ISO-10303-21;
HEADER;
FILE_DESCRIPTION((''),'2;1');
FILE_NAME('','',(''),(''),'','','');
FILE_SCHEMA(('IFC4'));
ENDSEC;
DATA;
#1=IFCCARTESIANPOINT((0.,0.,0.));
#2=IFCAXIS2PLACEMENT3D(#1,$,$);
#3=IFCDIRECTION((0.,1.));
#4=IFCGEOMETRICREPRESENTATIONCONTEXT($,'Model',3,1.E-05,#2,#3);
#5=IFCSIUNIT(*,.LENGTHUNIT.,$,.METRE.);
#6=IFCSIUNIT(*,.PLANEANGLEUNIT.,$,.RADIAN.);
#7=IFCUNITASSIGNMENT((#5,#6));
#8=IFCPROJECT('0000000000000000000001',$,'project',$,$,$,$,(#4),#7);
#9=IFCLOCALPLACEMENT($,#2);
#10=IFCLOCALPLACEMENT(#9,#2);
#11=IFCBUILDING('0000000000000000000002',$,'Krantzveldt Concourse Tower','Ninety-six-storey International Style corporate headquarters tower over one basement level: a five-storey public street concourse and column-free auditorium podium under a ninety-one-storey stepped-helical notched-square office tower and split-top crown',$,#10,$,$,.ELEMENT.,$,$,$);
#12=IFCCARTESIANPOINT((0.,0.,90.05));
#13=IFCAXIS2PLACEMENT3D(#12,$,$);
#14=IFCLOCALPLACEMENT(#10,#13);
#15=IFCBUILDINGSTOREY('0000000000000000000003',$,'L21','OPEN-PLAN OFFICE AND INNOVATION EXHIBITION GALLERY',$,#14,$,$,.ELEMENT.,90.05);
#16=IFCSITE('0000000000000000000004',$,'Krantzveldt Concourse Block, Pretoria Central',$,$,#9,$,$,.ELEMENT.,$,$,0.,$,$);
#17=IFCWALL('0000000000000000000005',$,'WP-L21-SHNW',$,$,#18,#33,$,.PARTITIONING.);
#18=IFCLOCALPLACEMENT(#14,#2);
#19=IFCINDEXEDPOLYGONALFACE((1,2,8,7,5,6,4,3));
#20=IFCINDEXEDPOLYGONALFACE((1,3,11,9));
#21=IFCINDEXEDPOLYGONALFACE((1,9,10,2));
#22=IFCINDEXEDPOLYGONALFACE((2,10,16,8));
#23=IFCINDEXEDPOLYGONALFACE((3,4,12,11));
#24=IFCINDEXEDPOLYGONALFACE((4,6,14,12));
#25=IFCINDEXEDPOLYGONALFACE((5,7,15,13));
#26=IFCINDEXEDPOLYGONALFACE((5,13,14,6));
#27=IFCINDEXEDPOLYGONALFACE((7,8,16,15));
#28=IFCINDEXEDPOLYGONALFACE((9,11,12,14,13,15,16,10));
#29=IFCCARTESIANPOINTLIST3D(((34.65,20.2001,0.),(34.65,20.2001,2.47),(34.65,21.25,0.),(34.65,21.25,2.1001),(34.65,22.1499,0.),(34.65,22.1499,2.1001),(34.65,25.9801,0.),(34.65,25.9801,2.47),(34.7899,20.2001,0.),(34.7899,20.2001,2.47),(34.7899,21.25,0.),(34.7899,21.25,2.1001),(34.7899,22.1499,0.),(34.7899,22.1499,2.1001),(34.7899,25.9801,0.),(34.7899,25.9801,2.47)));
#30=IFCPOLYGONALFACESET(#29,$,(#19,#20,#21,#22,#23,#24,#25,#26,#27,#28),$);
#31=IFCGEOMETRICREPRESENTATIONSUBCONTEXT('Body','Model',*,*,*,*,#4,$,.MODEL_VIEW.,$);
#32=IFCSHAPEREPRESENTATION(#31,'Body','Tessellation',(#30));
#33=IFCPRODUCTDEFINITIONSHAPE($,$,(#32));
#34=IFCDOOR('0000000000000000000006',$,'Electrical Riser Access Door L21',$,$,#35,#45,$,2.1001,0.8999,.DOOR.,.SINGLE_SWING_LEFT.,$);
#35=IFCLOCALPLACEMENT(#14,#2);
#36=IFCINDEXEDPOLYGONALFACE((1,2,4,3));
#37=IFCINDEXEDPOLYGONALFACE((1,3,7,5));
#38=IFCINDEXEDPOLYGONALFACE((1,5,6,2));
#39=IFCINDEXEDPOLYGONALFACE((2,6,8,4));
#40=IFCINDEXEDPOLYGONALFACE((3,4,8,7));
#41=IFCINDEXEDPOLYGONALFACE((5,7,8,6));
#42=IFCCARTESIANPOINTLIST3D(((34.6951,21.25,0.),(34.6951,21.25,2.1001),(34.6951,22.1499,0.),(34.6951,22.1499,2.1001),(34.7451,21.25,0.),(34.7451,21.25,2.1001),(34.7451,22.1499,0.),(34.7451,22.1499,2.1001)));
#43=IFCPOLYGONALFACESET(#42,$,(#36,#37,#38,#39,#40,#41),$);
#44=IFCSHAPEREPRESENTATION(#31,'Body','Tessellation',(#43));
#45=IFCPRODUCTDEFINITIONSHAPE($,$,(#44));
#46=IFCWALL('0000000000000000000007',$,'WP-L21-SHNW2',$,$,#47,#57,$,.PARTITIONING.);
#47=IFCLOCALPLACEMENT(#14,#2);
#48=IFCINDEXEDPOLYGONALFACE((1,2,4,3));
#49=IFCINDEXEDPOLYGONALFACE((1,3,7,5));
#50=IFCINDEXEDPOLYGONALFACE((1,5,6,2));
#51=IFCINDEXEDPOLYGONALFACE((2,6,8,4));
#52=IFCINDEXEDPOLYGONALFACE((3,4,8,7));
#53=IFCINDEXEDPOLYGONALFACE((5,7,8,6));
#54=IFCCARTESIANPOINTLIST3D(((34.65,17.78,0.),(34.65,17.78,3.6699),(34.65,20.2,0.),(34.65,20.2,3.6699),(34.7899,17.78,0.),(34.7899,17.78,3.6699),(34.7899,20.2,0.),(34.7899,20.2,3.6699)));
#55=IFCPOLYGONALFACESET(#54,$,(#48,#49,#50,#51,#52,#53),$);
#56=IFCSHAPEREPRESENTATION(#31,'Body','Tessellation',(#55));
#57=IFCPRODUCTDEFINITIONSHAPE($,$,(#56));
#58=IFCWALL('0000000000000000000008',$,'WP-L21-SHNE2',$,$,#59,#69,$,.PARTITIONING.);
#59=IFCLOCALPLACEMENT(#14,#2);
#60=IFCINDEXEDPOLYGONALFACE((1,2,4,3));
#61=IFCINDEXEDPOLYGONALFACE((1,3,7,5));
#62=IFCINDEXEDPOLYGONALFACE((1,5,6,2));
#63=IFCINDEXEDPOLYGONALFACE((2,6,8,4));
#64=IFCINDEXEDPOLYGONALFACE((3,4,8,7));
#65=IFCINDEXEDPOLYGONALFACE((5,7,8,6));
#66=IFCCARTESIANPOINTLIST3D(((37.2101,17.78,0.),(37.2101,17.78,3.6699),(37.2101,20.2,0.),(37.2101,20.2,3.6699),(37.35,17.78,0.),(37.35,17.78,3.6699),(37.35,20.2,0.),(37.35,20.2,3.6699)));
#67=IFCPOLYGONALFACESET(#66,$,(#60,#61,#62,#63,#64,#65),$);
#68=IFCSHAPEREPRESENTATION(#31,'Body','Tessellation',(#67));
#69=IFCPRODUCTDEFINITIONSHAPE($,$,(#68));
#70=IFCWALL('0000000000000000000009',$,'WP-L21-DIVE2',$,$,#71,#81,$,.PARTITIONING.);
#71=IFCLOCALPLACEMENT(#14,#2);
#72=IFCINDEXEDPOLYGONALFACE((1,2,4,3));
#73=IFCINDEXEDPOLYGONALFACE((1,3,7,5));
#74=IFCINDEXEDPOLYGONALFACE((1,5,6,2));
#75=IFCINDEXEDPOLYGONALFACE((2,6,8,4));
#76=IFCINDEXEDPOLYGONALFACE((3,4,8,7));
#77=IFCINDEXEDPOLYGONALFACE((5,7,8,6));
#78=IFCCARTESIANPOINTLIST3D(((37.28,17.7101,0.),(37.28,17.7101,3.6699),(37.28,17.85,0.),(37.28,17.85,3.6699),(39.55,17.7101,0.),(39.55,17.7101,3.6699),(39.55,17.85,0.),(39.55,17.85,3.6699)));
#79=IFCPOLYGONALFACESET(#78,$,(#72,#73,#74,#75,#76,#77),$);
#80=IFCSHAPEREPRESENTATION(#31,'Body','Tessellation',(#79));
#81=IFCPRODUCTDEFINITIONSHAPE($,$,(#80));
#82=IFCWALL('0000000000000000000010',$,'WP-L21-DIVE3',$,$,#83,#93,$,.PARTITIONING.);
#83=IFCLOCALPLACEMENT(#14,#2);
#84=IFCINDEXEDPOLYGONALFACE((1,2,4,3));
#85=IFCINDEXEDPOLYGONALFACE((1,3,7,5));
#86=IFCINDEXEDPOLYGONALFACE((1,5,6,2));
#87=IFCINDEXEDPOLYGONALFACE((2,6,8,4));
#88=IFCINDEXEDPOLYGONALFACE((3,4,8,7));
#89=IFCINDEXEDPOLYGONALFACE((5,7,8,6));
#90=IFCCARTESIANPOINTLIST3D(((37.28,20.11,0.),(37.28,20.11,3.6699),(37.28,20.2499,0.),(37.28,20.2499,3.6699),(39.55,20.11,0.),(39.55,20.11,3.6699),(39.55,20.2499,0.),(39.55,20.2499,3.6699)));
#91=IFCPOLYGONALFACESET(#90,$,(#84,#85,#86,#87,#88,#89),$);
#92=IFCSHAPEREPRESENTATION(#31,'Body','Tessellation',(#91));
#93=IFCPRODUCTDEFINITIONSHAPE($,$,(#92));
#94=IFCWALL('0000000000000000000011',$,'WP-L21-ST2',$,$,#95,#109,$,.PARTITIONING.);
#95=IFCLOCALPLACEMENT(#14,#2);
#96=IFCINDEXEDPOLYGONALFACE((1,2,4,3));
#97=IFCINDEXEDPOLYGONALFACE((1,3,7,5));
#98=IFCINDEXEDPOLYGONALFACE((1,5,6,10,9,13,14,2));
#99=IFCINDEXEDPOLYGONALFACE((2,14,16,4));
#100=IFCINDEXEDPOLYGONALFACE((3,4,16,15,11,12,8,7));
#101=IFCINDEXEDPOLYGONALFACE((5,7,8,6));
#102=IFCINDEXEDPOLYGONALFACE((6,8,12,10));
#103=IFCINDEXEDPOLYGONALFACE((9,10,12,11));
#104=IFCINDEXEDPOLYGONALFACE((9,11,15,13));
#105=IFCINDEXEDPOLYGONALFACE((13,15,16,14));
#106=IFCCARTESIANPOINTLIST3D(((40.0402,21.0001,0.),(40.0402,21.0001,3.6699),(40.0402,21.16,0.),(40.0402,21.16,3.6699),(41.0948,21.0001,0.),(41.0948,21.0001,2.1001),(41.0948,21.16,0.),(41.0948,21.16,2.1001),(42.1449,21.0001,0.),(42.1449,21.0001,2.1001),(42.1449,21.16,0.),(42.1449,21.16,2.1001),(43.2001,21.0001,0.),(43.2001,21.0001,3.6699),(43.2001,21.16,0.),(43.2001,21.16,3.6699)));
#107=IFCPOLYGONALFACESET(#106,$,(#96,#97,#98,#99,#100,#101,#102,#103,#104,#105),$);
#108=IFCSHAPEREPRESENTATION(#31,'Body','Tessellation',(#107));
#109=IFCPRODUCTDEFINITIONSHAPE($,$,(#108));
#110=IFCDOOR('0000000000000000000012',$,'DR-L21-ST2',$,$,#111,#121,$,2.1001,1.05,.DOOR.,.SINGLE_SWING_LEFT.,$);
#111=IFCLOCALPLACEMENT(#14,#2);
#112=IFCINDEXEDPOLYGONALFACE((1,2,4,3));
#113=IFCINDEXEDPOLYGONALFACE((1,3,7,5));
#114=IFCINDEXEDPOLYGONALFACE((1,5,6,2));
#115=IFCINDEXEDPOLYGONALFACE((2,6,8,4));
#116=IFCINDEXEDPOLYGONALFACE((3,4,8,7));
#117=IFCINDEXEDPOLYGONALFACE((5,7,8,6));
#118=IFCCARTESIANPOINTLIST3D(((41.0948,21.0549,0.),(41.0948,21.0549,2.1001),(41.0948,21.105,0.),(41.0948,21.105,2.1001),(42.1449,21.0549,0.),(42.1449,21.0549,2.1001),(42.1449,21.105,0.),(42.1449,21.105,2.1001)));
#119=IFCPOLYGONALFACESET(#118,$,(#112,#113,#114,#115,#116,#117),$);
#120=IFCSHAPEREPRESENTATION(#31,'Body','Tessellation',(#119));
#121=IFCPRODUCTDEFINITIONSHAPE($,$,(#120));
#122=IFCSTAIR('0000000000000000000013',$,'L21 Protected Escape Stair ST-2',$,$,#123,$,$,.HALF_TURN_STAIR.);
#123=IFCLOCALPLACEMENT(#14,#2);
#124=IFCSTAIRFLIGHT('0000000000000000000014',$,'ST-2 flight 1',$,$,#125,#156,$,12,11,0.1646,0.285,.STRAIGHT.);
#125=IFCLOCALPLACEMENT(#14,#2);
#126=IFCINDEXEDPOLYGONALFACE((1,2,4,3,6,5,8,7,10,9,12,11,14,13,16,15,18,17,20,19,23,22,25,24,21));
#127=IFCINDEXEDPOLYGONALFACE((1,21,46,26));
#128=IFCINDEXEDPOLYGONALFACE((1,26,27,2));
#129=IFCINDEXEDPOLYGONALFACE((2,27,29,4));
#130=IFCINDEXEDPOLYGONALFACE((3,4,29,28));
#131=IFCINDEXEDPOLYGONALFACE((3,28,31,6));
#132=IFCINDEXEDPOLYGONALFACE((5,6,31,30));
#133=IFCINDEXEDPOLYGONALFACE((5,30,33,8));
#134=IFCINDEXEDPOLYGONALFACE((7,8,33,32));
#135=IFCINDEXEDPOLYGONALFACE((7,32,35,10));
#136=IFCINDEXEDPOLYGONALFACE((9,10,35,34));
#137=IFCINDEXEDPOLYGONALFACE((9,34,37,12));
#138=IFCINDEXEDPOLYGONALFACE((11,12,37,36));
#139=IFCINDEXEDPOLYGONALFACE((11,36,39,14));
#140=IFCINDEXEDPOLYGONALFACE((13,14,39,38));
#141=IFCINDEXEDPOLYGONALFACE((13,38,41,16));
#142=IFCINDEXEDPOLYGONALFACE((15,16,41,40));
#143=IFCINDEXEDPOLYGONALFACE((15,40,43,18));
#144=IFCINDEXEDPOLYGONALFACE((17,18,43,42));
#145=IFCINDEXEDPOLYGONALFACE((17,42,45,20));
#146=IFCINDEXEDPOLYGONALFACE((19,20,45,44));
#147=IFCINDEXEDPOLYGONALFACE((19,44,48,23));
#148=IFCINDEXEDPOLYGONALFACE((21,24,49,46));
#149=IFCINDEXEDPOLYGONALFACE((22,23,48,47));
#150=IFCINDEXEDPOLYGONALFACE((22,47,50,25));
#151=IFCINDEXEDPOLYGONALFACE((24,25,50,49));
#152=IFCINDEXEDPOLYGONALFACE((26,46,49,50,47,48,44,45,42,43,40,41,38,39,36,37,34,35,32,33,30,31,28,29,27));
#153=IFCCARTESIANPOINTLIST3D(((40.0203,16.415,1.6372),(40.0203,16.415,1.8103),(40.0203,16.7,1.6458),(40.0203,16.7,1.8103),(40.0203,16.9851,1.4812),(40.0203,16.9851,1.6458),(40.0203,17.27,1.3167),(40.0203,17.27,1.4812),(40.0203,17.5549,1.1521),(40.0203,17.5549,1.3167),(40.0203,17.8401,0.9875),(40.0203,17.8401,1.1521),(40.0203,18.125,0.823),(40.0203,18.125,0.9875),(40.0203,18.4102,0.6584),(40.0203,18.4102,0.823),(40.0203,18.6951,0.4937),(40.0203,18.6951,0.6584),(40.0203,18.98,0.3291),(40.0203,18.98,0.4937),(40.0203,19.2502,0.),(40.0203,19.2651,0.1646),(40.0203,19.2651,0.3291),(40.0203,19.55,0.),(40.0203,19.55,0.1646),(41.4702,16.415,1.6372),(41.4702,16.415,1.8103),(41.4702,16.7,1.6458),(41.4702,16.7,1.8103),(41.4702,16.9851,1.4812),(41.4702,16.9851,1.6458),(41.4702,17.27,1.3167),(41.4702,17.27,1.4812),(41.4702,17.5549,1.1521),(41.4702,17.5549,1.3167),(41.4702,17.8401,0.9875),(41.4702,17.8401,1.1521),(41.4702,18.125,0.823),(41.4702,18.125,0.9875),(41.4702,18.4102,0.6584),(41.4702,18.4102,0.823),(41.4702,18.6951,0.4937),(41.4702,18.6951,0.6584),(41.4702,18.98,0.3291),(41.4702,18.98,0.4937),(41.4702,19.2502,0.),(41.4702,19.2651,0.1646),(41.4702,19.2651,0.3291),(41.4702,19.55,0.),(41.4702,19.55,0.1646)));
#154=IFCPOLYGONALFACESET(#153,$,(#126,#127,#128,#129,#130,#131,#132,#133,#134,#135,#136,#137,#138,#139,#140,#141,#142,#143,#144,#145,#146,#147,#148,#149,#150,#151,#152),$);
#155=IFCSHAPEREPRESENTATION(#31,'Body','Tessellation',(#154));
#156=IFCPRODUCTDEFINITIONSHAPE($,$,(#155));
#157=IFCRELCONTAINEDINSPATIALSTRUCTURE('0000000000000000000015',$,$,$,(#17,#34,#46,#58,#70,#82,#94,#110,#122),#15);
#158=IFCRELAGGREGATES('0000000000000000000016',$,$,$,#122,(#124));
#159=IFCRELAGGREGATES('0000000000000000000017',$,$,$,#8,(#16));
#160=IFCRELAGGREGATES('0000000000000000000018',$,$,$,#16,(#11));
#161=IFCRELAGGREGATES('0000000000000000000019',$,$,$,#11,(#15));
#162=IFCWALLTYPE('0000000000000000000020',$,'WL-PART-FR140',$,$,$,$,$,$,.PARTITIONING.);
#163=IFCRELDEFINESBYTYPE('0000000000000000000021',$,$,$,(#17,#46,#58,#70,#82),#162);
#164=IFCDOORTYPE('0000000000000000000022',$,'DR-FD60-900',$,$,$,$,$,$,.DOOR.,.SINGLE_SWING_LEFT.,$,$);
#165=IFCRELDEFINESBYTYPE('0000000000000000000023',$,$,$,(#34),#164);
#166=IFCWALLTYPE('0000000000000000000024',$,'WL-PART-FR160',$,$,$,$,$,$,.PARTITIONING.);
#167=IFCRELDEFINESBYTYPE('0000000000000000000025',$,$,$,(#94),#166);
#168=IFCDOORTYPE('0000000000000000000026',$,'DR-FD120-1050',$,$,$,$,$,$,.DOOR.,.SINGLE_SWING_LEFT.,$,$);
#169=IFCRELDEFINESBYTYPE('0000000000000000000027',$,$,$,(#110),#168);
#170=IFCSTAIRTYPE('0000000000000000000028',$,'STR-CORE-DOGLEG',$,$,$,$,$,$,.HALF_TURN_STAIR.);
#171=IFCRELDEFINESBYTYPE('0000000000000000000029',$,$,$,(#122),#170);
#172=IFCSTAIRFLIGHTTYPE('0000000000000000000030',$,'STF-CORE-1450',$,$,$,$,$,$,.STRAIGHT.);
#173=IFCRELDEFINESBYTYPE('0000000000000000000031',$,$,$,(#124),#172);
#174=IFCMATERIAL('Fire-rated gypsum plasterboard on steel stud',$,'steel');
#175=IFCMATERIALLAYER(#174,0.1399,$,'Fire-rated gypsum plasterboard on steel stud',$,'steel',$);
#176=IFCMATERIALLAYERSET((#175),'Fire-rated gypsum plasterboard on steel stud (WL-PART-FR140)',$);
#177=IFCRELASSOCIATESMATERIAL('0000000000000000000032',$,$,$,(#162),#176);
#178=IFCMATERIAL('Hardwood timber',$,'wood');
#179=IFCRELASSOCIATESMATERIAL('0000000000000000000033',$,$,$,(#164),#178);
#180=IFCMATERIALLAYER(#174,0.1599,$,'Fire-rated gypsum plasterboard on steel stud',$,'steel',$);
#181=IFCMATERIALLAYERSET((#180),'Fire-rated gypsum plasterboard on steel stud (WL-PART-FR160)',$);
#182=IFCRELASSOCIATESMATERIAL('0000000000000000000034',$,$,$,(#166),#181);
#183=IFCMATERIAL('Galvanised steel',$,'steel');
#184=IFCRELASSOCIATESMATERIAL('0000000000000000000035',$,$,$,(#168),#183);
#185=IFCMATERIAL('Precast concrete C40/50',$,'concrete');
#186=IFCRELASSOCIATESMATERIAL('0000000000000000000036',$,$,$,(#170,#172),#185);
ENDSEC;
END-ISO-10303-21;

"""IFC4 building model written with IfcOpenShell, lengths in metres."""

from ifc_helpers import new_model, si_unit, direction, frame, frame_2d, origin, place, context, subcontext, project, spatial, polyline, rectangle, outline, extrude, material, layer, layer_set, type_object, element, fill, aggregate, save


model = new_model("IFC4")

# Units and contexts
model_context = context("Model", 3, precision=1e-05, world=origin(), true_north=direction((0.0, 1.0)))
body_context = subcontext(model_context, "Body", "Model", "MODEL_VIEW")
ifc_project = project(units=[si_unit("LENGTHUNIT", "METRE"), si_unit("PLANEANGLEUNIT", "RADIAN")], contexts=[model_context])

# Site, building, storey
site_placement = place(None, origin())
site = spatial("IfcSite", under=ifc_project, at=site_placement, Name="Krantzveldt Concourse Block, Pretoria Central", CompositionType="ELEMENT", RefElevation=0.0)
building_placement = place(site_placement, origin())
building = spatial("IfcBuilding", under=site, at=building_placement, Name="Krantzveldt Concourse Tower", Description="Ninety-six-storey International Style corporate headquarters tower over one basement level: a five-storey public street concourse and column-free auditorium podium under a ninety-one-storey stepped-helical notched-square office tower and split-top crown", CompositionType="ELEMENT")
storey_placement = place(building_placement, frame((0.0, 0.0, 90.05)))
storey = spatial("IfcBuildingStorey", under=building, at=storey_placement, Name="L21", Description="OPEN-PLAN OFFICE AND INNOVATION EXHIBITION GALLERY", CompositionType="ELEMENT", Elevation=90.05)

# Wall, opening, door
ifc_material_1 = material(Name="Fire-rated gypsum plasterboard on steel stud", Category="steel")
ifc_layer_1 = layer(ifc_material_1, 0.1399, Name="Fire-rated gypsum plasterboard on steel stud", Category="steel")
ifc_layer_set_1 = layer_set([ifc_layer_1], Name="Fire-rated gypsum plasterboard on steel stud (WL-PART-FR140)")
wall_type_1 = type_object("IfcWallType", Name="WL-PART-FR140", PredefinedType="PARTITIONING", material=ifc_layer_set_1)
wall_1_placement = place(storey_placement, frame((34.72, 20.2, 0.0), z_axis=(0.0, 0.0, 1.0), x_axis=(0.0, 1.0, 0.0)))
wall_1 = element("IfcWall", 1, at=wall_1_placement, inside=storey, type_object=wall_type_1, Name="WP-L21-SHNW", PredefinedType="PARTITIONING", context=body_context, shape_type="SweptSolid", body=[
    extrude(rectangle(XDim=5.78, YDim=0.1399, at=frame_2d((2.8901, 0.0))), origin(), (0.0, 0.0, 1.0), 2.47),
])
opening_1_placement = place(wall_1_placement, frame((1.05, 0.0, 0.0)))
opening_1 = element("IfcOpeningElement", 2, at=opening_1_placement, cuts=wall_1, PredefinedType="OPENING", context=body_context, shape_type="SweptSolid", body=[
    extrude(rectangle(XDim=0.8999, YDim=2.1001, at=frame_2d((0.45, 1.05))), frame((0.0, 0.0801, 0.0), z_axis=(0.0, -1.0, 0.0), x_axis=(1.0, 0.0, 0.0)), (0.0, 0.0, 1.0), 0.1599),
])
ifc_material_2 = material(Name="Hardwood timber", Category="wood")
door_type_1 = type_object("IfcDoorType", Name="DR-FD60-900", OperationType="SINGLE_SWING_LEFT", PredefinedType="DOOR", material=ifc_material_2)
door_1_placement = place(opening_1_placement, origin())
door_1 = element("IfcDoor", 3, at=door_1_placement, inside=storey, type_object=door_type_1, Name="Electrical Riser Access Door L21", OperationType="SINGLE_SWING_LEFT", OverallHeight=2.1001, OverallWidth=0.8999, PredefinedType="DOOR", context=body_context, shape_type="SweptSolid", body=[
    extrude(rectangle(XDim=0.8999, YDim=2.1001, at=frame_2d((0.45, 1.05))), frame((0.0, 0.0249, 0.0), z_axis=(0.0, -1.0, 0.0), x_axis=(1.0, 0.0, 0.0)), (0.0, 0.0, 1.0), 0.05),
])
fill(opening_1, door_1)

# Walls
for number, where, z_axis, x_axis, name in (
    (4, (34.72, 17.78, 0.0), (0.0, 0.0, 1.0), (0.0, 1.0, 0.0), "WP-L21-SHNW2"),
    (5, (37.28, 17.78, 0.0), (0.0, 0.0, 1.0), (0.0, 1.0, 0.0), "WP-L21-SHNE2"),
):
    element("IfcWall", number, at=place(storey_placement, frame(where, z_axis=z_axis, x_axis=x_axis)), inside=storey, type_object=wall_type_1, Name=name, PredefinedType="PARTITIONING", context=body_context, shape_type="SweptSolid", body=[
        extrude(rectangle(XDim=2.4199, YDim=0.1399, at=frame_2d((1.21, 0.0))), origin(), (0.0, 0.0, 1.0), 3.6699),
    ])
for number, where, z_axis, x_axis, name in (
    (6, (37.28, 17.78, 0.0), (0.0, 0.0, 1.0), (1.0, 0.0, 0.0), "WP-L21-DIVE2"),
    (7, (37.28, 20.1799, 0.0), (0.0, 0.0, 1.0), (1.0, 0.0, 0.0), "WP-L21-DIVE3"),
):
    element("IfcWall", number, at=place(storey_placement, frame(where, z_axis=z_axis, x_axis=x_axis)), inside=storey, type_object=wall_type_1, Name=name, PredefinedType="PARTITIONING", context=body_context, shape_type="SweptSolid", body=[
        extrude(rectangle(XDim=2.27, YDim=0.1399, at=frame_2d((1.135, 0.0))), origin(), (0.0, 0.0, 1.0), 3.6699),
    ])

# Wall, opening, door
ifc_layer_2 = layer(ifc_material_1, 0.1599, Name="Fire-rated gypsum plasterboard on steel stud", Category="steel")
ifc_layer_set_2 = layer_set([ifc_layer_2], Name="Fire-rated gypsum plasterboard on steel stud (WL-PART-FR160)")
wall_type_2 = type_object("IfcWallType", Name="WL-PART-FR160", PredefinedType="PARTITIONING", material=ifc_layer_set_2)
wall_2_placement = place(storey_placement, frame((40.04, 21.0801, 0.0), z_axis=(0.0, 0.0, 1.0), x_axis=(1.0, 0.0, 0.0)))
wall_2 = element("IfcWall", 8, at=wall_2_placement, inside=storey, type_object=wall_type_2, Name="WP-L21-ST2", PredefinedType="PARTITIONING", context=body_context, shape_type="SweptSolid", body=[
    extrude(rectangle(XDim=3.1599, YDim=0.1599, at=frame_2d((1.5801, 0.0))), origin(), (0.0, 0.0, 1.0), 3.6699),
])
opening_2_placement = place(wall_2_placement, frame((1.0549, 0.0, 0.0)))
opening_2 = element("IfcOpeningElement", 9, at=opening_2_placement, cuts=wall_2, PredefinedType="OPENING", context=body_context, shape_type="SweptSolid", body=[
    extrude(rectangle(XDim=1.05, YDim=2.1001, at=frame_2d((0.5249, 1.05))), frame((0.0, 0.0898, 0.0), z_axis=(0.0, -1.0, 0.0), x_axis=(1.0, 0.0, 0.0)), (0.0, 0.0, 1.0), 0.1799),
])
ifc_material_3 = material(Name="Galvanised steel", Category="steel")
door_type_2 = type_object("IfcDoorType", Name="DR-FD120-1050", OperationType="SINGLE_SWING_LEFT", PredefinedType="DOOR", material=ifc_material_3)
door_2_placement = place(opening_2_placement, origin())
door_2 = element("IfcDoor", 10, at=door_2_placement, inside=storey, type_object=door_type_2, Name="DR-L21-ST2", OperationType="SINGLE_SWING_LEFT", OverallHeight=2.1001, OverallWidth=1.05, PredefinedType="DOOR", context=body_context, shape_type="SweptSolid", body=[
    extrude(rectangle(XDim=1.05, YDim=2.1001, at=frame_2d((0.5249, 1.05))), frame((0.0, 0.0249, 0.0), z_axis=(0.0, -1.0, 0.0), x_axis=(1.0, 0.0, 0.0)), (0.0, 0.0, 1.0), 0.05),
])
fill(opening_2, door_2)

# Stair, stair flight
ifc_material_4 = material(Name="Precast concrete C40/50", Category="concrete")
stair_type = type_object("IfcStairType", Name="STR-CORE-DOGLEG", PredefinedType="HALF_TURN_STAIR", material=ifc_material_4)
stair_placement = place(storey_placement, origin())
stair = element("IfcStair", 11, at=stair_placement, inside=storey, type_object=stair_type, Name="L21 Protected Escape Stair ST-2", PredefinedType="HALF_TURN_STAIR")
stair_flight_type = type_object("IfcStairFlightType", Name="STF-CORE-1450", PredefinedType="STRAIGHT", material=ifc_material_4)
stair_flight_1_placement = place(storey_placement, frame((40.7451, 19.55, 0.0), z_axis=(0.0, 0.0, 1.0), x_axis=(0.0, -1.0, 0.0)))
stair_flight_1 = element("IfcStairFlight", 12, at=stair_flight_1_placement, type_object=stair_flight_type, Name="ST-2 flight 1", NumberOfRisers=12, NumberOfTreads=11, PredefinedType="STRAIGHT", RiserHeight=0.1646, TreadLength=0.285, context=body_context, shape_type="SweptSolid", body=[
    extrude(outline(polyline([(0.0, 0.0), (0.0, 0.1646), (0.2849, 0.1646), (0.2849, 0.3291), (0.5701, 0.3291), (0.5701, 0.4937), (0.855, 0.4937), (0.855, 0.6584), (1.1399, 0.6584), (1.1399, 0.823), (1.425, 0.823), (1.425, 0.9875), (1.71, 0.9875), (1.71, 1.1521), (1.9951, 1.1521), (1.9951, 1.3167), (2.28, 1.3167), (2.28, 1.4812), (2.5649, 1.4812), (2.5649, 1.6458), (2.8501, 1.6458), (2.8501, 1.8103), (3.135, 1.8103), (3.135, 1.9751), (3.135, 1.6372), (0.2998, 0.0), (0.0, 0.0)])), frame((0.0, 0.7251, 0.0), z_axis=(0.0, -1.0, 0.0), x_axis=(1.0, 0.0, 0.0)), (0.0, 0.0, 1.0), 1.45),
])
aggregate(stair, [stair_flight_1])

save(model, "model.ifc")
